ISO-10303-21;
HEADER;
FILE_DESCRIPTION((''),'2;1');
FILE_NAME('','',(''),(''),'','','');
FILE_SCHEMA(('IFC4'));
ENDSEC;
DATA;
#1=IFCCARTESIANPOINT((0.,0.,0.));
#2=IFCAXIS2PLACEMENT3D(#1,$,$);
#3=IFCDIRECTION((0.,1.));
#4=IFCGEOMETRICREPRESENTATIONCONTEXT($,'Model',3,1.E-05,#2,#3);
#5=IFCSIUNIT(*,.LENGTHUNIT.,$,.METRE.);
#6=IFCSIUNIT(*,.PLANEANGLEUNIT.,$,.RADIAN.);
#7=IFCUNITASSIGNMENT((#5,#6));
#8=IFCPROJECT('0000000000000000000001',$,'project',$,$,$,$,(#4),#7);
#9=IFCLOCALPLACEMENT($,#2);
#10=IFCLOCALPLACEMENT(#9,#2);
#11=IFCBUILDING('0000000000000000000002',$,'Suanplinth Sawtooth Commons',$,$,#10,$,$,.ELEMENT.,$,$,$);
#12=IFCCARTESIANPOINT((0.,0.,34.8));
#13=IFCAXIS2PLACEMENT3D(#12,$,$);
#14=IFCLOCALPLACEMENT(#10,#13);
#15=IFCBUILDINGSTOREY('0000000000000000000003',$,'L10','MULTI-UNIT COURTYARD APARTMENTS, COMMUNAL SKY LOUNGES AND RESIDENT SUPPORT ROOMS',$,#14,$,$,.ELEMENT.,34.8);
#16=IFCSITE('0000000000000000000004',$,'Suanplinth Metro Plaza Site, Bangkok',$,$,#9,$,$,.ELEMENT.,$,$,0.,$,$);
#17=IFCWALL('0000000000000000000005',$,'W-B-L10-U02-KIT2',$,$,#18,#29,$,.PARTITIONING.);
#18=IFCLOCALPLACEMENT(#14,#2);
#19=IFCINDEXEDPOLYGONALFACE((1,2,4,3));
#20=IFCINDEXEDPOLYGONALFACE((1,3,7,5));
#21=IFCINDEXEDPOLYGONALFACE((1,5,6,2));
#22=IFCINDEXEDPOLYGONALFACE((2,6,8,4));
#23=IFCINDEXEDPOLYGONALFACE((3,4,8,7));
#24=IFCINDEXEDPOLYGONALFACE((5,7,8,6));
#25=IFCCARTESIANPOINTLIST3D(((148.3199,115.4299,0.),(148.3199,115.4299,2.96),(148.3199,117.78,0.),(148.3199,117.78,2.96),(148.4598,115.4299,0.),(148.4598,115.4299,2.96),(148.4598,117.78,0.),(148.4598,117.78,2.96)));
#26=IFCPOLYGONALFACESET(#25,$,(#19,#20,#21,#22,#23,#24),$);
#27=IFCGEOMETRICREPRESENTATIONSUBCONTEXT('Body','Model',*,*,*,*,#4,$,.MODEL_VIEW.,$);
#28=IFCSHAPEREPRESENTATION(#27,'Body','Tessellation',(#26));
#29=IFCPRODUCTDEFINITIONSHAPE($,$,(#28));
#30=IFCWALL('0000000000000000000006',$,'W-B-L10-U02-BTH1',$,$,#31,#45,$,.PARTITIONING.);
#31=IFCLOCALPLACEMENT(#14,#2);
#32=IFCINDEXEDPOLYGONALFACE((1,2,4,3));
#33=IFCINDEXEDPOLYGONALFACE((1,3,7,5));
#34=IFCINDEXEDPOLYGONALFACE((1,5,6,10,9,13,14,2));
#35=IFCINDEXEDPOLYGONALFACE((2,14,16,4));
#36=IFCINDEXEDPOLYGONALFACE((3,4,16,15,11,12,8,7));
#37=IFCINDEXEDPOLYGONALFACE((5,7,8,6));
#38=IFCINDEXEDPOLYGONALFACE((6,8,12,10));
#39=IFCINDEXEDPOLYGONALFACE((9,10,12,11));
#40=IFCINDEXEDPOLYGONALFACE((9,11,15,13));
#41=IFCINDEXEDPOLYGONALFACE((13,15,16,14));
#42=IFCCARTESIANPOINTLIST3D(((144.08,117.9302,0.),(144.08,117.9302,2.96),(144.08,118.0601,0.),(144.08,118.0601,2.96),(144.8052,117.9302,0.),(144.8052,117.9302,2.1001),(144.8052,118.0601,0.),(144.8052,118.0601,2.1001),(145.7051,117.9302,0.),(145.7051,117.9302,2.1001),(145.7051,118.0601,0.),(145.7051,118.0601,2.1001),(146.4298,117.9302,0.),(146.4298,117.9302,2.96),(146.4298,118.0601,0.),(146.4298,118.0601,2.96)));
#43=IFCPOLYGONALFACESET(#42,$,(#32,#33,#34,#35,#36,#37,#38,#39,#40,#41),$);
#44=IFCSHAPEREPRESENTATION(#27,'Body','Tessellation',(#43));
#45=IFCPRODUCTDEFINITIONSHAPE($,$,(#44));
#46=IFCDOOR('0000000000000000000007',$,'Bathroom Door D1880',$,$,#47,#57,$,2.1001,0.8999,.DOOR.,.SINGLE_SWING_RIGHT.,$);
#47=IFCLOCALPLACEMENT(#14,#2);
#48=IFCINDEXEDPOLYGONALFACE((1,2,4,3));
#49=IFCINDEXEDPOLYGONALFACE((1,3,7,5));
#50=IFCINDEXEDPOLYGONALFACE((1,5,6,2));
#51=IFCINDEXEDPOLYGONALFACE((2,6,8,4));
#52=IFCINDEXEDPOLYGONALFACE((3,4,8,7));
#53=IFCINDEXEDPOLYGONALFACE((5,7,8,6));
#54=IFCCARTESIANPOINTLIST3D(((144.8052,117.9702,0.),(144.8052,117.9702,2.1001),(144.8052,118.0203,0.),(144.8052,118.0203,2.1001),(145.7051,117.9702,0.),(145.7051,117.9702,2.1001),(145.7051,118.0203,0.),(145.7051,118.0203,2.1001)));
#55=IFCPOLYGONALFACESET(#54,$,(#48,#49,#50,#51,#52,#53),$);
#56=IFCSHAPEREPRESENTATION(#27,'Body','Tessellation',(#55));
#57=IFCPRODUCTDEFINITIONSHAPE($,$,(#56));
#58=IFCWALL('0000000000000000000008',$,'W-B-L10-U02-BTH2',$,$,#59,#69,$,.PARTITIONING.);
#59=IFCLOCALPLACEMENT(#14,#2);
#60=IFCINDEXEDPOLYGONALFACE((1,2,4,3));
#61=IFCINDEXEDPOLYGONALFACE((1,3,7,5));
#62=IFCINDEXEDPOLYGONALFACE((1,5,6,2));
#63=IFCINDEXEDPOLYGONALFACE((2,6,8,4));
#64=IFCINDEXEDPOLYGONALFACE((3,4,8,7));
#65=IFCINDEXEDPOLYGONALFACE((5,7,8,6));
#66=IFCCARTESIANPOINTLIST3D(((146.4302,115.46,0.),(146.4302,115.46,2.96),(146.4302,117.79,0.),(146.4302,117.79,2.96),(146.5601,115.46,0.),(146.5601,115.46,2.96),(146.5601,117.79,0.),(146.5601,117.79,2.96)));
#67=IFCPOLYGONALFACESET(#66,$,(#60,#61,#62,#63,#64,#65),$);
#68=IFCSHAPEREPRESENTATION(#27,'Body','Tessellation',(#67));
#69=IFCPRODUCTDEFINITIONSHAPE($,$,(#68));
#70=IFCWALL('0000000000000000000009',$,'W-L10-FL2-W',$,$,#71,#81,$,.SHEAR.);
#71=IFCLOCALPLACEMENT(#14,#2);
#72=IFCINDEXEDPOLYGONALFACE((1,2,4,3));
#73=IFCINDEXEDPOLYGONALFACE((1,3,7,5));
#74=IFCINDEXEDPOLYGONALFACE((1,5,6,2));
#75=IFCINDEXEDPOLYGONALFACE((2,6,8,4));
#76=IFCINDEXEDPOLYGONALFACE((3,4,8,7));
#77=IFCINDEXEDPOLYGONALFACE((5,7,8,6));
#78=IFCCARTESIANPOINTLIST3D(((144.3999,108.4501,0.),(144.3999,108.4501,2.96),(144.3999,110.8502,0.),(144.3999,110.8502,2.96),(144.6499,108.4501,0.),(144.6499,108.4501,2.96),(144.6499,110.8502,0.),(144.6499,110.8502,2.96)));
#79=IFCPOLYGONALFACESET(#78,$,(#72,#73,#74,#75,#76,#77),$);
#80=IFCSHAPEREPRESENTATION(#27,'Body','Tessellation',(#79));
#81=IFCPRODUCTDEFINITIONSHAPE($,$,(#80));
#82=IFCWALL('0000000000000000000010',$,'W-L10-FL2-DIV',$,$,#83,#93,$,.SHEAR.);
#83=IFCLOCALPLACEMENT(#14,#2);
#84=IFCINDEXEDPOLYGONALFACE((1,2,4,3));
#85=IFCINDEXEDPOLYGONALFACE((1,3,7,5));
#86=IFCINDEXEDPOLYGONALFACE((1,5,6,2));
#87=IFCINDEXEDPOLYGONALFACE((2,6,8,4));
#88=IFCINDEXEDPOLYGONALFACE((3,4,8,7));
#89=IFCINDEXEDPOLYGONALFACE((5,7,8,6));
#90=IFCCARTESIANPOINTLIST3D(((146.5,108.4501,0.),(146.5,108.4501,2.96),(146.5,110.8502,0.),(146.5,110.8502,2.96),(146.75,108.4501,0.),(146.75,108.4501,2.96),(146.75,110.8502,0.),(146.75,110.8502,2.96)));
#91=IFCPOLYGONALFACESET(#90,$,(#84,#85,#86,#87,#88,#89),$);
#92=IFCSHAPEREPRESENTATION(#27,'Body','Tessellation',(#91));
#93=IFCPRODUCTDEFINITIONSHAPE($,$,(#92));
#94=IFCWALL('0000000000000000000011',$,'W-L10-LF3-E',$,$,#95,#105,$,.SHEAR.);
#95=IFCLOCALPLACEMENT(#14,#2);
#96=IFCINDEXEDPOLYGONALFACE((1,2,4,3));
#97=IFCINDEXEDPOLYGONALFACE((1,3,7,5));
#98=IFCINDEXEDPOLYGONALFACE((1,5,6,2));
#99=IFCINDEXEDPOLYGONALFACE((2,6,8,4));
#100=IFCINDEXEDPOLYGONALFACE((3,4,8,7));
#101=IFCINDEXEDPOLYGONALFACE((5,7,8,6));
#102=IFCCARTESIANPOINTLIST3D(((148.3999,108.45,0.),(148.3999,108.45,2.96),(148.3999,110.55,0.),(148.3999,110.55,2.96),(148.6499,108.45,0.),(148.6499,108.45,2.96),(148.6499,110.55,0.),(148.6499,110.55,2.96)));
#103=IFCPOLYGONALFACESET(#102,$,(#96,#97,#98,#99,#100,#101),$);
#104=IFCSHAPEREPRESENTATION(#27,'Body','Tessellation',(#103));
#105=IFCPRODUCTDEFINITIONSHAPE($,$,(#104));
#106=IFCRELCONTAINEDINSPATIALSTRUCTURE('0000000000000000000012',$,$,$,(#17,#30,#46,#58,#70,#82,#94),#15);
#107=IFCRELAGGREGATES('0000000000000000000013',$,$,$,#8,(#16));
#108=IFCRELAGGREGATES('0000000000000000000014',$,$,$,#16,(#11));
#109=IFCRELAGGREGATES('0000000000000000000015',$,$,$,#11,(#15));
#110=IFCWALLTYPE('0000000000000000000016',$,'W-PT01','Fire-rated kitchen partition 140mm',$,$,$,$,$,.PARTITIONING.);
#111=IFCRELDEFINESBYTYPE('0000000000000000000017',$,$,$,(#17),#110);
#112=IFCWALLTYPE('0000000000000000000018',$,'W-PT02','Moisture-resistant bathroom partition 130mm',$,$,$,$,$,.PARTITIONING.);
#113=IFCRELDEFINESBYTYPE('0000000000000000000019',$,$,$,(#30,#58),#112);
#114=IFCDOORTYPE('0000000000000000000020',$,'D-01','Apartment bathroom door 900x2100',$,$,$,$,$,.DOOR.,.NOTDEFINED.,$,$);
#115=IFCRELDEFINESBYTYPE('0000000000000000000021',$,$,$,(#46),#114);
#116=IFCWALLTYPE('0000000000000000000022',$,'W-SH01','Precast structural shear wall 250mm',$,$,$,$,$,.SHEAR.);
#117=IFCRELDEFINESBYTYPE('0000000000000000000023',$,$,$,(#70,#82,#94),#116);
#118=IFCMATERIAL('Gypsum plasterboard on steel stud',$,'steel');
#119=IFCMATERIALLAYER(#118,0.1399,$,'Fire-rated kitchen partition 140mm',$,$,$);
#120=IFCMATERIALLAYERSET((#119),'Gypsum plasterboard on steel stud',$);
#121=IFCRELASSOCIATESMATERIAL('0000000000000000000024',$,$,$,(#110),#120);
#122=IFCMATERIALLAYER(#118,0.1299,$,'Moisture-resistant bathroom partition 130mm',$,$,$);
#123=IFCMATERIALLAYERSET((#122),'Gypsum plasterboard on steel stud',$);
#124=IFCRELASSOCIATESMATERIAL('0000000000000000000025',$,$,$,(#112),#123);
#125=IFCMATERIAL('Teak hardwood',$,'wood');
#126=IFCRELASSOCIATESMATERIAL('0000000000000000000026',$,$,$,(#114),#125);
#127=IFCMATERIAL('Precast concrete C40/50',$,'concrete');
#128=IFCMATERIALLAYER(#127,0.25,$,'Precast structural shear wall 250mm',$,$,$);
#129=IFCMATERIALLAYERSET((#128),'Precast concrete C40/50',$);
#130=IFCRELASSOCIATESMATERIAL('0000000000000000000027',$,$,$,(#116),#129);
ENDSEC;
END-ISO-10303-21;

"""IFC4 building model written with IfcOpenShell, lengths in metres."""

from ifc_helpers import new_model, si_unit, direction, frame, frame_2d, origin, place, context, subcontext, project, spatial, rectangle, extrude, material, layer, layer_set, type_object, element, fill, save


model = new_model("IFC4")

# Units and contexts
model_context = context("Model", 3, precision=1e-05, world=origin(), true_north=direction((0.0, 1.0)))
body_context = subcontext(model_context, "Body", "Model", "MODEL_VIEW")
ifc_project = project(units=[si_unit("LENGTHUNIT", "METRE"), si_unit("PLANEANGLEUNIT", "RADIAN")], contexts=[model_context])

# Site, building, storey
site_placement = place(None, origin())
site = spatial("IfcSite", under=ifc_project, at=site_placement, Name="Suanplinth Metro Plaza Site, Bangkok", CompositionType="ELEMENT", RefElevation=0.0)
building_placement = place(site_placement, origin())
building = spatial("IfcBuilding", under=site, at=building_placement, Name="Suanplinth Sawtooth Commons", CompositionType="ELEMENT")
storey_placement = place(building_placement, frame((0.0, 0.0, 34.8)))
storey = spatial("IfcBuildingStorey", under=building, at=storey_placement, Name="L10", Description="MULTI-UNIT COURTYARD APARTMENTS, COMMUNAL SKY LOUNGES AND RESIDENT SUPPORT ROOMS", CompositionType="ELEMENT", Elevation=34.8)

# Shared definitions
ifc_material_1 = material(Name="Precast concrete C40/50", Category="concrete")

# Shared definitions
ifc_material_2 = material(Name="Gypsum plasterboard on steel stud", Category="steel")
ifc_layer_1 = layer(ifc_material_2, 0.1399, Name="Fire-rated kitchen partition 140mm")
ifc_layer_set_1 = layer_set([ifc_layer_1], Name="Gypsum plasterboard on steel stud")
wall_type_1 = type_object("IfcWallType", Name="W-PT01", Description="Fire-rated kitchen partition 140mm", PredefinedType="PARTITIONING", material=ifc_layer_set_1)
ifc_material_3 = material(Name="Teak hardwood", Category="wood")

# Wall
wall_1_placement = place(storey_placement, frame((148.3899, 115.4299, 0.0), z_axis=(0.0, 0.0, 1.0), x_axis=(0.0, 1.0, 0.0)))
element("IfcWall", 1, at=wall_1_placement, inside=storey, type_object=wall_type_1, Name="W-B-L10-U02-KIT2", PredefinedType="PARTITIONING", context=body_context, shape_type="SweptSolid", body=[
    extrude(rectangle(XDim=2.3501, YDim=0.1399, at=frame_2d((1.175, 0.0))), origin(), (0.0, 0.0, 1.0), 2.96),
])

# Wall, opening, door
ifc_layer_2 = layer(ifc_material_2, 0.1299, Name="Moisture-resistant bathroom partition 130mm")
ifc_layer_set_2 = layer_set([ifc_layer_2], Name="Gypsum plasterboard on steel stud")
wall_type_2 = type_object("IfcWallType", Name="W-PT02", Description="Moisture-resistant bathroom partition 130mm", PredefinedType="PARTITIONING", material=ifc_layer_set_2)
wall_2_placement = place(storey_placement, frame((144.0801, 117.9951, 0.0), z_axis=(0.0, 0.0, 1.0), x_axis=(1.0, 0.0, 0.0)))
wall_2 = element("IfcWall", 2, at=wall_2_placement, inside=storey, type_object=wall_type_2, Name="W-B-L10-U02-BTH1", PredefinedType="PARTITIONING", context=body_context, shape_type="SweptSolid", body=[
    extrude(rectangle(XDim=2.3499, YDim=0.1299, at=frame_2d((1.1748, 0.0))), origin(), (0.0, 0.0, 1.0), 2.96),
])
opening_1_placement = place(wall_2_placement, frame((0.7251, 0.0, 0.0)))
opening_1 = element("IfcOpeningElement", 3, at=opening_1_placement, cuts=wall_2, PredefinedType="OPENING", context=body_context, shape_type="SweptSolid", body=[
    extrude(rectangle(XDim=0.8999, YDim=2.1001, at=frame_2d((0.45, 1.05))), frame((0.0, 0.0798, 0.0), z_axis=(0.0, -1.0, 0.0), x_axis=(1.0, 0.0, 0.0)), (0.0, 0.0, 1.0), 0.1597),
])
door_type_1 = type_object("IfcDoorType", Name="D-01", Description="Apartment bathroom door 900x2100", OperationType="NOTDEFINED", PredefinedType="DOOR", material=ifc_material_3)
door_1_placement = place(opening_1_placement, frame((0.8999, 0.0, 0.0), z_axis=(0.0, 0.0, 1.0), x_axis=(-1.0, 0.0, 0.0)))
door_1 = element("IfcDoor", 4, at=door_1_placement, inside=storey, type_object=door_type_1, Name="Bathroom Door D1880", OperationType="SINGLE_SWING_RIGHT", OverallHeight=2.1001, OverallWidth=0.8999, PredefinedType="DOOR", context=body_context, shape_type="SweptSolid", body=[
    extrude(rectangle(XDim=0.8999, YDim=2.1001, at=frame_2d((0.45, 1.05))), frame((0.0, 0.0249, 0.0), z_axis=(0.0, -1.0, 0.0), x_axis=(1.0, 0.0, 0.0)), (0.0, 0.0, 1.0), 0.05),
])
fill(opening_1, door_1)

# Walls
wall_3_placement = place(storey_placement, frame((146.4951, 115.46, 0.0), z_axis=(0.0, 0.0, 1.0), x_axis=(0.0, 1.0, 0.0)))
element("IfcWall", 5, at=wall_3_placement, inside=storey, type_object=wall_type_2, Name="W-B-L10-U02-BTH2", PredefinedType="PARTITIONING", context=body_context, shape_type="SweptSolid", body=[
    extrude(rectangle(XDim=2.3301, YDim=0.1299, at=frame_2d((1.165, 0.0))), origin(), (0.0, 0.0, 1.0), 2.96),
])
ifc_layer_3 = layer(ifc_material_1, 0.25, Name="Precast structural shear wall 250mm")
ifc_layer_set_3 = layer_set([ifc_layer_3], Name="Precast concrete C40/50")
wall_type_3 = type_object("IfcWallType", Name="W-SH01", Description="Precast structural shear wall 250mm", PredefinedType="SHEAR", material=ifc_layer_set_3)
for number, where, z_axis, x_axis, name in (
    (6, (144.5249, 108.45, 0.0), (0.0, 0.0, 1.0), (0.0, 1.0, 0.0), "W-L10-FL2-W"),
    (7, (146.625, 108.45, 0.0), (0.0, 0.0, 1.0), (0.0, 1.0, 0.0), "W-L10-FL2-DIV"),
):
    element("IfcWall", number, at=place(storey_placement, frame(where, z_axis=z_axis, x_axis=x_axis)), inside=storey, type_object=wall_type_3, Name=name, PredefinedType="SHEAR", context=body_context, shape_type="SweptSolid", body=[
        extrude(rectangle(XDim=2.4001, YDim=0.25, at=frame_2d((1.2002, 0.0))), origin(), (0.0, 0.0, 1.0), 2.96),
    ])

# Wall
wall_4_placement = place(storey_placement, frame((148.5249, 108.45, 0.0), z_axis=(0.0, 0.0, 1.0), x_axis=(0.0, 1.0, 0.0)))
element("IfcWall", 8, at=wall_4_placement, inside=storey, type_object=wall_type_3, Name="W-L10-LF3-E", PredefinedType="SHEAR", context=body_context, shape_type="SweptSolid", body=[
    extrude(rectangle(XDim=2.1001, YDim=0.25, at=frame_2d((1.05, 0.0))), origin(), (0.0, 0.0, 1.0), 2.96),
])

save(model, "model.ifc")
